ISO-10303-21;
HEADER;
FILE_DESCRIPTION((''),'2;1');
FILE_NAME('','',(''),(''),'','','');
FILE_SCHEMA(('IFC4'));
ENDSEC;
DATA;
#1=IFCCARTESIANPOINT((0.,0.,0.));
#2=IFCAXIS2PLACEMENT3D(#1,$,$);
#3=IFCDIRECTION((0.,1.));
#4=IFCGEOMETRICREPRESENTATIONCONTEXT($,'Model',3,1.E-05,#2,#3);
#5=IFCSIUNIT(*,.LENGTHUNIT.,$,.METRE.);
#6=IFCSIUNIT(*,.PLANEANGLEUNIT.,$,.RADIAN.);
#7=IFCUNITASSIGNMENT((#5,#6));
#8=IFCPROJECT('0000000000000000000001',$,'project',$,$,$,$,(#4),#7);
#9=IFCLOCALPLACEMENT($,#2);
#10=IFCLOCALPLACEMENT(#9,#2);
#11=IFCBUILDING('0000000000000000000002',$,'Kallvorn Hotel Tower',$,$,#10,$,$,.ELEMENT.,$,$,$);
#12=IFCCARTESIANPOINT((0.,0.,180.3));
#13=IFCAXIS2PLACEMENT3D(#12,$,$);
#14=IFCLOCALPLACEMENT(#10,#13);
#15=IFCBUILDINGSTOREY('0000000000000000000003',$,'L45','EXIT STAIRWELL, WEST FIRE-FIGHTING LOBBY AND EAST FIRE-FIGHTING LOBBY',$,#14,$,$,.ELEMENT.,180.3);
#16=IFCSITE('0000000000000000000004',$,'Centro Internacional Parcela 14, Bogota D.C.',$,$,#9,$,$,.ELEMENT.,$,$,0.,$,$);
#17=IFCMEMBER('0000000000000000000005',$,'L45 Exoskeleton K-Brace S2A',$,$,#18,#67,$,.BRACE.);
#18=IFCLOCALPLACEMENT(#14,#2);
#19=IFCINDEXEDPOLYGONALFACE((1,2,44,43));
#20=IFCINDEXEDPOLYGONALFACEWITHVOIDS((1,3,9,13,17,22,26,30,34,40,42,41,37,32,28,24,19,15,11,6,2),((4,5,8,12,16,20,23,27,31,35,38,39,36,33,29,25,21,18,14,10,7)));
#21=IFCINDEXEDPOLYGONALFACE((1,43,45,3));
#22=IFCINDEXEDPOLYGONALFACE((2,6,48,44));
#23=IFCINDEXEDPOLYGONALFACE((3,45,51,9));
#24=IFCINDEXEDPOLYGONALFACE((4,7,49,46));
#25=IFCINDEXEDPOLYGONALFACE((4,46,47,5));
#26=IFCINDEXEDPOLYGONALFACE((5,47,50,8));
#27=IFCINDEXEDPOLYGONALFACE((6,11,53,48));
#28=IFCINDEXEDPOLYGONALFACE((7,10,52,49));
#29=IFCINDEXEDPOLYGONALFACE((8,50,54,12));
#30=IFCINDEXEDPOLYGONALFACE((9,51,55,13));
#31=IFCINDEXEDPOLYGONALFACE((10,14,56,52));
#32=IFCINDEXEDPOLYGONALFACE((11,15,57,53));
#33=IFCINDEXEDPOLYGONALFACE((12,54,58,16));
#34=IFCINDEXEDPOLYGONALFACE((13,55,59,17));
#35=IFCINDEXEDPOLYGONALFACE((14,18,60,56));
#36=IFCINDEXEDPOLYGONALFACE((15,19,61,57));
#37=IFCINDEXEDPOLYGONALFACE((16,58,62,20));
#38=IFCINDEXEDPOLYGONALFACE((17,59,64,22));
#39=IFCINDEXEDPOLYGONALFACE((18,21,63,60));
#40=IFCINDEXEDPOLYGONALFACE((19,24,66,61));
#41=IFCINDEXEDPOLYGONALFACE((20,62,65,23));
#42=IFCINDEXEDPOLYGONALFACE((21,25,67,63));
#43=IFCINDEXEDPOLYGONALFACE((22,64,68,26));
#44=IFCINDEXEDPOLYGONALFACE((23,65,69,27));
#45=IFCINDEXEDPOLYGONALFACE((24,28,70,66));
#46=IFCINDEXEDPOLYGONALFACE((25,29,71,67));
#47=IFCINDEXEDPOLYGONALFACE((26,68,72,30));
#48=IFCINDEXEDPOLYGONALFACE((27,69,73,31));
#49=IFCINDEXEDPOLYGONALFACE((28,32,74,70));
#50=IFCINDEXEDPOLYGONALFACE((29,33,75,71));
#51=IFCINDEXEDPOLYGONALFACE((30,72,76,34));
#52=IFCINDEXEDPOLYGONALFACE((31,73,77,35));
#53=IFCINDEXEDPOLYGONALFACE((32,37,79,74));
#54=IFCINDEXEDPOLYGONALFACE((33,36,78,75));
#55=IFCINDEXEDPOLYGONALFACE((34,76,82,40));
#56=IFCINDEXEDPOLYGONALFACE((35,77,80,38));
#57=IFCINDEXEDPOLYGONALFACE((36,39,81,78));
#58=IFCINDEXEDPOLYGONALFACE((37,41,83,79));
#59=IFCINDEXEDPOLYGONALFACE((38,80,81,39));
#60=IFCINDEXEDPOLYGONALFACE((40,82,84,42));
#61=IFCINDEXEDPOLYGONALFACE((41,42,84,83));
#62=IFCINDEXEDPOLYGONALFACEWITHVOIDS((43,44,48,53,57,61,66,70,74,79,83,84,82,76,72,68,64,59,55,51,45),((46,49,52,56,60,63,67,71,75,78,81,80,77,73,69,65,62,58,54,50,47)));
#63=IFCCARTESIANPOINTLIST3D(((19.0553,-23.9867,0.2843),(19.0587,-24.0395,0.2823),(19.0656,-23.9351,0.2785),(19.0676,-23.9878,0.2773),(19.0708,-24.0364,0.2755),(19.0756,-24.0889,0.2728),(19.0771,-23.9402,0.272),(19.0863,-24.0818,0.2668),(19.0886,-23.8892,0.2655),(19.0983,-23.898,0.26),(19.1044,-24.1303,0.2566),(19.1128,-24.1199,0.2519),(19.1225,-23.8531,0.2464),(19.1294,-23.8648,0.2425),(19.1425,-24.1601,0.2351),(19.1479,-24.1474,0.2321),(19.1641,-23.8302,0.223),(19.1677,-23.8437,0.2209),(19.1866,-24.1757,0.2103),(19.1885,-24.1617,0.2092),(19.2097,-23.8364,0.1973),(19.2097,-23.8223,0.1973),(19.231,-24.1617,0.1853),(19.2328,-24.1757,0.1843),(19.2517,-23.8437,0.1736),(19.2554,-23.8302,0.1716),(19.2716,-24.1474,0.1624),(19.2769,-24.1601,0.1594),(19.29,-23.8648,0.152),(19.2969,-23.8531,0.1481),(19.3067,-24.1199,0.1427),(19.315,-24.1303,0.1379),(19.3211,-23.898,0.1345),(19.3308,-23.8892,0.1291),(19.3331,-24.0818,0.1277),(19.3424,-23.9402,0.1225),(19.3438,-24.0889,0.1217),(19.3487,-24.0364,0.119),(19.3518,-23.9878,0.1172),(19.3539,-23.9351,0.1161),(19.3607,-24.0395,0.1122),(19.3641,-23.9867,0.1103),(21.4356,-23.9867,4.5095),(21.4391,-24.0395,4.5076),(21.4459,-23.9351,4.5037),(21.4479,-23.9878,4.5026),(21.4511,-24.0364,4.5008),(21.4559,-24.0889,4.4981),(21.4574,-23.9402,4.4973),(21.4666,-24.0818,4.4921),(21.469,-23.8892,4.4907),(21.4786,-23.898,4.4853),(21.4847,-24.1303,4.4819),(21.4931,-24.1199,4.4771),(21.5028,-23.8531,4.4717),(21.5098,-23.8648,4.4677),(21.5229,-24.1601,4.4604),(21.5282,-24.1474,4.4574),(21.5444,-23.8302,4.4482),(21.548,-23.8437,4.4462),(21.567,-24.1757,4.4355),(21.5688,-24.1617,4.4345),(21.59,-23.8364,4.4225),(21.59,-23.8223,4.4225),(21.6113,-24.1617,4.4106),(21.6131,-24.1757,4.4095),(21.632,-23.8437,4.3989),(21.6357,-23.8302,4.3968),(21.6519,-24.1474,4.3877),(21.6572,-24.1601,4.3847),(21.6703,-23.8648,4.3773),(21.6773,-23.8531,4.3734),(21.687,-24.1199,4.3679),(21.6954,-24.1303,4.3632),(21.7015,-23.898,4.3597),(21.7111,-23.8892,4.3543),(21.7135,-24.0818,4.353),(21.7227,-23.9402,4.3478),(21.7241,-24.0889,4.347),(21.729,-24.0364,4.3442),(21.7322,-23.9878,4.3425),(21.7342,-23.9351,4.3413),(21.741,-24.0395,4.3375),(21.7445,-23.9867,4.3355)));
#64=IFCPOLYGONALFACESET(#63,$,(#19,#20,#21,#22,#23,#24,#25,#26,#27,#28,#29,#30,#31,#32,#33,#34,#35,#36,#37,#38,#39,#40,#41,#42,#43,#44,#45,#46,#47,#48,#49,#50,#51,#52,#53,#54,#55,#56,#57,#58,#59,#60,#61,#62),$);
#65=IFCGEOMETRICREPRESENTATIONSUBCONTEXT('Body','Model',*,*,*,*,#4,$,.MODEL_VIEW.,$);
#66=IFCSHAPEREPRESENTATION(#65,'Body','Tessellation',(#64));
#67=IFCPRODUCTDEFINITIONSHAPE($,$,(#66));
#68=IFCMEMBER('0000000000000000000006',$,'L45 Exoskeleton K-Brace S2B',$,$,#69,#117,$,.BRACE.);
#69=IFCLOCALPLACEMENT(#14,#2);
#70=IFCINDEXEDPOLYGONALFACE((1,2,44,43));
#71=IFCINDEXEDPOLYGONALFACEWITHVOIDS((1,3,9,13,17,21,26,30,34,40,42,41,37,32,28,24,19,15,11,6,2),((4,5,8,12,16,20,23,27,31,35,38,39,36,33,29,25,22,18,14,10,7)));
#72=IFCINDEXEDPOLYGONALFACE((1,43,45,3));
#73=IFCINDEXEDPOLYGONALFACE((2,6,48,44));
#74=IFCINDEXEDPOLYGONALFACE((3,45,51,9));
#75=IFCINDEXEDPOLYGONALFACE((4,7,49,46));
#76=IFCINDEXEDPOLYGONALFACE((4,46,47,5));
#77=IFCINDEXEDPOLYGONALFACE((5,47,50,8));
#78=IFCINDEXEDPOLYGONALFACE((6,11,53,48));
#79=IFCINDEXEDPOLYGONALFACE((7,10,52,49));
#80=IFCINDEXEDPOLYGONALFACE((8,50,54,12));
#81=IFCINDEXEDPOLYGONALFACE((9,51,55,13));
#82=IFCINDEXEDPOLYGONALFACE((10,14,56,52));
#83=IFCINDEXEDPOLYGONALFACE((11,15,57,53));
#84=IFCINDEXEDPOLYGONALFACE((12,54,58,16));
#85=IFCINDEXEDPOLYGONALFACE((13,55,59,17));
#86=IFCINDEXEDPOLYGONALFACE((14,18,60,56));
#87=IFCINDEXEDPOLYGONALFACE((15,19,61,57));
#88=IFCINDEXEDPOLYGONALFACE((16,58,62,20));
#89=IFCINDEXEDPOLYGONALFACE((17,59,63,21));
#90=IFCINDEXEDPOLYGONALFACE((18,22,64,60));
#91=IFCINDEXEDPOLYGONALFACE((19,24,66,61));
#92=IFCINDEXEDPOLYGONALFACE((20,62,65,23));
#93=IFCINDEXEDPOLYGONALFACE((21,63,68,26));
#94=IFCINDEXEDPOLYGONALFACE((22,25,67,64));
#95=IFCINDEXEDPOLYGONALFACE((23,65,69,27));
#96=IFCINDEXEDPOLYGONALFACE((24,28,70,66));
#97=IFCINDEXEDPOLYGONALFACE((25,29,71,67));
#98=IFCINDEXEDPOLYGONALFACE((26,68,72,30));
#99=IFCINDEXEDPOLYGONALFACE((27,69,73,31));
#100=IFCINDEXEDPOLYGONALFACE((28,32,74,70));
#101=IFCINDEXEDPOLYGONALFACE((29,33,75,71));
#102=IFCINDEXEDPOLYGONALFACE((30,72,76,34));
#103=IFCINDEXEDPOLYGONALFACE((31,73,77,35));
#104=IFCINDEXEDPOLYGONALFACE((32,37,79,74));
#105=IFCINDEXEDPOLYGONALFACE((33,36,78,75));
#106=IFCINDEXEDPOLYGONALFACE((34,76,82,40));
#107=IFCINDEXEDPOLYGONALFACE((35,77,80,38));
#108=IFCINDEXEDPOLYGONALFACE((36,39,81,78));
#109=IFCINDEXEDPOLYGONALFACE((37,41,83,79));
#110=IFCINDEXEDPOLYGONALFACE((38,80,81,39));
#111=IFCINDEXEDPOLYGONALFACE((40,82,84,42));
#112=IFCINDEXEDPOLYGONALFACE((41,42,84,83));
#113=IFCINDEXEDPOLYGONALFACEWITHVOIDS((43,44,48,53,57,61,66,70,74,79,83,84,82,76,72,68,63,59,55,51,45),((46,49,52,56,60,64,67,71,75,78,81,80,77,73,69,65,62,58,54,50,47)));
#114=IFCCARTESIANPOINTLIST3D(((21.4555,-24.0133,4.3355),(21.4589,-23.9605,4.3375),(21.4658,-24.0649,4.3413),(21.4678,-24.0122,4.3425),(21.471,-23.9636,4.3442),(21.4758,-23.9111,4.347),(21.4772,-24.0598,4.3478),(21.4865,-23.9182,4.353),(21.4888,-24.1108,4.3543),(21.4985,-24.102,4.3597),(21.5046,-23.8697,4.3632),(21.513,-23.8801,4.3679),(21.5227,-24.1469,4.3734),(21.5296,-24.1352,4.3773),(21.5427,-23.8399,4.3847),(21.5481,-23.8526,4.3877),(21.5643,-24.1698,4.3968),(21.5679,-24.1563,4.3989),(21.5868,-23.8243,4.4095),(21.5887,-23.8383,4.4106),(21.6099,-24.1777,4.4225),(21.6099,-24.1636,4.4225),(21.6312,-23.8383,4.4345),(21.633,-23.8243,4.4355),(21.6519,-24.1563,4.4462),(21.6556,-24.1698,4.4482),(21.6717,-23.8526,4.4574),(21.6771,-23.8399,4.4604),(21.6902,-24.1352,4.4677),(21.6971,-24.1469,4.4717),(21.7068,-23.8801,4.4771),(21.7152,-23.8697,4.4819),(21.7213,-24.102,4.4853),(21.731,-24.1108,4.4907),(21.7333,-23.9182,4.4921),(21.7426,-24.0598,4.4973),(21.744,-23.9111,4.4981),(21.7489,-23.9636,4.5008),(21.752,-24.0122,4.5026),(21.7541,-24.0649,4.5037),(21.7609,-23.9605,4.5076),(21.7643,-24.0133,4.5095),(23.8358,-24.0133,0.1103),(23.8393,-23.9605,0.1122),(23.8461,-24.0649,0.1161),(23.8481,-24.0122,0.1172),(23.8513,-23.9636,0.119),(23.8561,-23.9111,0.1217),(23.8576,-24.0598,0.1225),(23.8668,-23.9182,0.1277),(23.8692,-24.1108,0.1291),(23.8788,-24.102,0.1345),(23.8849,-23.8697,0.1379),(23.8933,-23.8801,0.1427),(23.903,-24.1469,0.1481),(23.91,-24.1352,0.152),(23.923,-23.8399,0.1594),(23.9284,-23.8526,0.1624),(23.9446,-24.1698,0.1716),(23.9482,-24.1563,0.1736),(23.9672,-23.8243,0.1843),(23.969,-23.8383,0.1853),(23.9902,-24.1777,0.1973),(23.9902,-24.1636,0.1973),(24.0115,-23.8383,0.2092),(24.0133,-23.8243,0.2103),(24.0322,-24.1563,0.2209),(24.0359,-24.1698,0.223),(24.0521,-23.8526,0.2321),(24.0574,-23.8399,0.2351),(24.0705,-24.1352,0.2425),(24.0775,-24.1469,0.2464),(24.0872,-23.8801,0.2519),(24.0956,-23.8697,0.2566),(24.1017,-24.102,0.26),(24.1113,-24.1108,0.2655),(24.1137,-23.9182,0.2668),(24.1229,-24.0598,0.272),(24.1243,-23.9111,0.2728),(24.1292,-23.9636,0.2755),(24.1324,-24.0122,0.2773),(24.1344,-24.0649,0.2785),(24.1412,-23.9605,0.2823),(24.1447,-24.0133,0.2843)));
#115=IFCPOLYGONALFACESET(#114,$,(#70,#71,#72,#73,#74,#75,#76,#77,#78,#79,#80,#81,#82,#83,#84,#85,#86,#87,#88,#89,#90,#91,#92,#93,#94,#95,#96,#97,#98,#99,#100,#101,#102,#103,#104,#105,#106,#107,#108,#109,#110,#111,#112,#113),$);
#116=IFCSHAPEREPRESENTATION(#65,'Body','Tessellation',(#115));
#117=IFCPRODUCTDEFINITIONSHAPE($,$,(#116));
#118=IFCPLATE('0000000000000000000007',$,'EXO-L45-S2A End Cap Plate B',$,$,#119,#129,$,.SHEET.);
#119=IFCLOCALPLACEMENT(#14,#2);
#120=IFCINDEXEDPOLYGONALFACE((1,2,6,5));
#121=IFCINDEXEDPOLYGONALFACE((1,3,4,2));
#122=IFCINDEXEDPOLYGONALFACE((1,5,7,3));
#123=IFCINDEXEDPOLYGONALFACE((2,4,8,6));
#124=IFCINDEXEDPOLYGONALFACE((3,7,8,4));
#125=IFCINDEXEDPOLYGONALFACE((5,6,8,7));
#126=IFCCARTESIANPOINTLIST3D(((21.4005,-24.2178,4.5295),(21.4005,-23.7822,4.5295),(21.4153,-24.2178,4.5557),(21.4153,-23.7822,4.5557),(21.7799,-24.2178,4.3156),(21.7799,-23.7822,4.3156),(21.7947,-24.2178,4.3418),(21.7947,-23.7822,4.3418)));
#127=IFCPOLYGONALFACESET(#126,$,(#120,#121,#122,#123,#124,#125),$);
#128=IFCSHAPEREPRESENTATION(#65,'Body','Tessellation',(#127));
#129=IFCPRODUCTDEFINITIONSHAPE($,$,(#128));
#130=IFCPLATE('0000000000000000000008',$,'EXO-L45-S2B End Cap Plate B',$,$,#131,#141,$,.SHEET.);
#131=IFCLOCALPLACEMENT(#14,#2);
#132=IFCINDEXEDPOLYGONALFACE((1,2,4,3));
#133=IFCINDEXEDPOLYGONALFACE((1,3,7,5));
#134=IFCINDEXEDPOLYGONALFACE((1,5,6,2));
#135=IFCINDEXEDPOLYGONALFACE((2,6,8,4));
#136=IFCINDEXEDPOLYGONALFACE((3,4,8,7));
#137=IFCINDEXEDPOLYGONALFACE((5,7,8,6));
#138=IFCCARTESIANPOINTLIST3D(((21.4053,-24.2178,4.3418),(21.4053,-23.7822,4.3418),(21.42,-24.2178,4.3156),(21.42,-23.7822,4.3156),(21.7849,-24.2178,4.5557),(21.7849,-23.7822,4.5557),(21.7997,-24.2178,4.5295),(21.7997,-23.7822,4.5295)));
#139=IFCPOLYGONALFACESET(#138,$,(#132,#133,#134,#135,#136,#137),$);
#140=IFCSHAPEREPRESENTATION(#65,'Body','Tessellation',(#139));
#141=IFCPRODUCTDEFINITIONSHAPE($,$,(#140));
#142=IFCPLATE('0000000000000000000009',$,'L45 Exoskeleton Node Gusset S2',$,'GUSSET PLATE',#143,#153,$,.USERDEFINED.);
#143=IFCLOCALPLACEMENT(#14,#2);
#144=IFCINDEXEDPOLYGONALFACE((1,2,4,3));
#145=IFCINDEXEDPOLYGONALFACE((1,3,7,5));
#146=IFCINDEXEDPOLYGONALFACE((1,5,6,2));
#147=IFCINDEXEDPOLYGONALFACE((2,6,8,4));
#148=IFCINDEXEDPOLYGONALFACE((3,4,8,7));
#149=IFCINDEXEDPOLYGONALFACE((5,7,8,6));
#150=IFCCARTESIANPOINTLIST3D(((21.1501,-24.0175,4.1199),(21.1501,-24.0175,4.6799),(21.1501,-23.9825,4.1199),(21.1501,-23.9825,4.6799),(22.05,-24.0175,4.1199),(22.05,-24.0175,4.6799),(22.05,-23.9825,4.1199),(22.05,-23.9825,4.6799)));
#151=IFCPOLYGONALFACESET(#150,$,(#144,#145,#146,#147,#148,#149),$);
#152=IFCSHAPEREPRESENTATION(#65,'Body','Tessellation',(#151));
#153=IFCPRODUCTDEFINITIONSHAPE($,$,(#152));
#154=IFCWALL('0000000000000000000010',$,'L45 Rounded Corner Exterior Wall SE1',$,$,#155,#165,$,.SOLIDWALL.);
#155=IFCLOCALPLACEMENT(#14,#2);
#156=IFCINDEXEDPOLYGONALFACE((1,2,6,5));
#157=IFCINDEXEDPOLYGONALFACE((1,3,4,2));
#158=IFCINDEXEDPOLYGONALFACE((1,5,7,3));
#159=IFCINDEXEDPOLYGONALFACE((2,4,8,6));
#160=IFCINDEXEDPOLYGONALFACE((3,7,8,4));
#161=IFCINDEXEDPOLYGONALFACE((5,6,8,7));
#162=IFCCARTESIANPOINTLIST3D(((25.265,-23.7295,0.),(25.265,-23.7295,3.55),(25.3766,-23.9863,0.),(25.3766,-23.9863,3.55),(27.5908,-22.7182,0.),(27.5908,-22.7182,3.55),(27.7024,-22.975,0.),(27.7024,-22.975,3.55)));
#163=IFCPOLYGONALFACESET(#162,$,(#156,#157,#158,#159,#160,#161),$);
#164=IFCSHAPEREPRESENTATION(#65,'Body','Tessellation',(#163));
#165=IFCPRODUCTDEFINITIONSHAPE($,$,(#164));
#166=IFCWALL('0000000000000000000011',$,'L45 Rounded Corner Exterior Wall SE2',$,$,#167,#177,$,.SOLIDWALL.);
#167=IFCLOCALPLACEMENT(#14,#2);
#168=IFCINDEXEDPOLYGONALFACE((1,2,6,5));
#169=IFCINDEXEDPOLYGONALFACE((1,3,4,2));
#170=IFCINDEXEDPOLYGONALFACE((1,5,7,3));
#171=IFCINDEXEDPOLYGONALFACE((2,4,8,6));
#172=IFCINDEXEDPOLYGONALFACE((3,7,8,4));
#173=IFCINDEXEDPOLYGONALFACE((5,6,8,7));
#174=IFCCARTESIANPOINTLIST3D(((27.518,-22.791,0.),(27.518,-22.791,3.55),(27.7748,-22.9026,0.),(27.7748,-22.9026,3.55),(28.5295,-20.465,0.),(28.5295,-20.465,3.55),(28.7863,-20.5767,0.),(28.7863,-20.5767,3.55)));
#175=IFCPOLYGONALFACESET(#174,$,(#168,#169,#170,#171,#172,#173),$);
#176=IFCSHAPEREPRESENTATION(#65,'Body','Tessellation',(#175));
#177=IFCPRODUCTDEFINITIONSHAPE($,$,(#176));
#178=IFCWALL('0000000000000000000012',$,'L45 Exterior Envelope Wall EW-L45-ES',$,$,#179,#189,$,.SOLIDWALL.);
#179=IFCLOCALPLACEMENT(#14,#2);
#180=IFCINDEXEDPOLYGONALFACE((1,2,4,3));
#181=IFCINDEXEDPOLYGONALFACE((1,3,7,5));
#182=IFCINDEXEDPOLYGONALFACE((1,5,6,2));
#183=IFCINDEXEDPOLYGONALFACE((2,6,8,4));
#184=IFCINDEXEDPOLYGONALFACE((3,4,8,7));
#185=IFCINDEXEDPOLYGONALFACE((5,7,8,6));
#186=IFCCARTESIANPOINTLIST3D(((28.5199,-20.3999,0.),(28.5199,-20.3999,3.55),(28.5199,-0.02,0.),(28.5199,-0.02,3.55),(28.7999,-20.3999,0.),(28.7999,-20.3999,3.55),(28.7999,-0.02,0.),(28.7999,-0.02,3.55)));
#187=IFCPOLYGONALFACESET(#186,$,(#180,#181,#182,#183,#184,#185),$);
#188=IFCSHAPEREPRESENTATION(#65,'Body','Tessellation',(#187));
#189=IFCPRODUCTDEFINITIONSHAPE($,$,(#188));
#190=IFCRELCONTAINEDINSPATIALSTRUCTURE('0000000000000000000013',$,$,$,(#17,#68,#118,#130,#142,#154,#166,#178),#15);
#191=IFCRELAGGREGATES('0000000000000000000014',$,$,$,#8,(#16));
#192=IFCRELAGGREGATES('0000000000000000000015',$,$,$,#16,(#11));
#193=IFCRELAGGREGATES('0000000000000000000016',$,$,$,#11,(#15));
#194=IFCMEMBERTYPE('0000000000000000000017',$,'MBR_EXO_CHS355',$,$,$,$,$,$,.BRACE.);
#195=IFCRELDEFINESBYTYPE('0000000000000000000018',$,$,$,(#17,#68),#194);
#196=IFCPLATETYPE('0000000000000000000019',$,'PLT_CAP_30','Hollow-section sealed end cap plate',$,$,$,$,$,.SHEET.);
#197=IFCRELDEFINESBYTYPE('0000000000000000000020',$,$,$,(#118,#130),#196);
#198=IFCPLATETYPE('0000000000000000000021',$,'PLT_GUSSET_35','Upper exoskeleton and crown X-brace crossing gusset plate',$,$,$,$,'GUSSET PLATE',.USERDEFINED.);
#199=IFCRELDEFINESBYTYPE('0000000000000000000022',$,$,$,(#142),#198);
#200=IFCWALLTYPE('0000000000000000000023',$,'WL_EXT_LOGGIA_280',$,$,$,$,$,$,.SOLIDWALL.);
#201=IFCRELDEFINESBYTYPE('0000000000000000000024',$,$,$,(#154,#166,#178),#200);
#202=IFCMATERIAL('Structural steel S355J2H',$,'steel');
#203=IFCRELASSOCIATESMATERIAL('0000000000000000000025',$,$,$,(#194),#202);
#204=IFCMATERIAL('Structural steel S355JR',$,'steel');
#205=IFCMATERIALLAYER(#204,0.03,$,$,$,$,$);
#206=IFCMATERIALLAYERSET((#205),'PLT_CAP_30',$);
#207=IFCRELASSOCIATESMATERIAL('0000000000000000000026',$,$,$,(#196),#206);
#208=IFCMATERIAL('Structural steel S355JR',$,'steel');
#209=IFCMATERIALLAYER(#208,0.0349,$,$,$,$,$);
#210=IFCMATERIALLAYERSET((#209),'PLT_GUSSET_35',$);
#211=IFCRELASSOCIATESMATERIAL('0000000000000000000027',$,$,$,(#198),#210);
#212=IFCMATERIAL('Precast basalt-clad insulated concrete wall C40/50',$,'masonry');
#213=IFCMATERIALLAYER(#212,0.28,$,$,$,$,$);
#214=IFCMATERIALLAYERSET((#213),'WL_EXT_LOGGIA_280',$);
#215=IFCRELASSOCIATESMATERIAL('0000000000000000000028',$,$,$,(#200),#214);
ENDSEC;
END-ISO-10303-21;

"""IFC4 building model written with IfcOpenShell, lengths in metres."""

from ifc_helpers import new_model, si_unit, direction, frame, frame_2d, origin, origin_2d, place, context, subcontext, project, spatial, polyline, rectangle, hollow_circle, outline, extrude, material, layer, layer_set, material_profile, profile_set, type_object, element, save


model = new_model("IFC4")

# Units and contexts
model_context = context("Model", 3, precision=1e-05, world=origin(), true_north=direction((0.0, 1.0)))
body_context = subcontext(model_context, "Body", "Model", "MODEL_VIEW")
ifc_project = project(units=[si_unit("LENGTHUNIT", "METRE"), si_unit("PLANEANGLEUNIT", "RADIAN")], contexts=[model_context])

# Site, building, storey
site_placement = place(None, origin())
site = spatial("IfcSite", under=ifc_project, at=site_placement, Name="Centro Internacional Parcela 14, Bogota D.C.", CompositionType="ELEMENT", RefElevation=0.0)
building_placement = place(site_placement, origin())
building = spatial("IfcBuilding", under=site, at=building_placement, Name="Kallvorn Hotel Tower", CompositionType="ELEMENT")
storey_placement = place(building_placement, frame((0.0, 0.0, 180.3)))
storey = spatial("IfcBuildingStorey", under=building, at=storey_placement, Name="L45", Description="EXIT STAIRWELL, WEST FIRE-FIGHTING LOBBY AND EAST FIRE-FIGHTING LOBBY", CompositionType="ELEMENT", Elevation=180.3)

# Members
ifc_material_1 = material(Name="Structural steel S355J2H", Category="steel")
ifc_material_profile_1 = material_profile(ifc_material_1, hollow_circle(Radius=0.1777, WallThickness=0.0142, at=origin_2d()), Name="CHS 355.6x14.2")
ifc_profile_set_1 = profile_set([ifc_material_profile_1], Name="Structural steel S355J2H")
member_type = type_object("IfcMemberType", Name="MBR_EXO_CHS355", PredefinedType="BRACE", material=ifc_profile_set_1)
for number, where, z_axis, x_axis, name in (
    (1, (19.2097, -24.0, 0.1973), (0.490828, 0.0, 0.871257), (0.0, 1.0, 0.0), "L45 Exoskeleton K-Brace S2A"),
    (2, (23.9902, -24.0, 0.1973), (-0.490828, 0.0, 0.871257), (0.0, -1.0, 0.0), "L45 Exoskeleton K-Brace S2B"),
):
    element("IfcMember", number, at=place(storey_placement, frame(where, z_axis=z_axis, x_axis=x_axis)), inside=storey, type_object=member_type, Name=name, PredefinedType="BRACE", context=body_context, shape_type="SweptSolid", body=[
        extrude(hollow_circle(Radius=0.1777, WallThickness=0.0142, at=origin_2d()), origin(), (0.0, 0.0, 1.0), 4.8496),
    ])

# Plates
ifc_material_2 = material(Name="Structural steel S355JR", Category="steel")
ifc_layer_1 = layer(ifc_material_2, 0.03)
ifc_layer_set_1 = layer_set([ifc_layer_1], Name="PLT_CAP_30")
plate_type_1 = type_object("IfcPlateType", Name="PLT_CAP_30", Description="Hollow-section sealed end cap plate", PredefinedType="SHEET", material=ifc_layer_set_1)
plate_1_placement = place(storey_placement, frame((21.7947, -24.2178, 4.3418), z_axis=(0.491059, 0.0, 0.871126), x_axis=(0.0, 1.0, 0.0)))
element("IfcPlate", 3, at=plate_1_placement, inside=storey, type_object=plate_type_1, Name="EXO-L45-S2A End Cap Plate B", PredefinedType="SHEET", context=body_context, shape_type="SweptSolid", body=[
    extrude(outline(polyline([(0.0, 0.0), (0.4355, 0.0), (0.4355, 0.4355), (0.0, 0.4355), (0.0, 0.0)])), origin(), (0.0, 0.0, -1.0), 0.03),
])
plate_2_placement = place(storey_placement, frame((21.4053, -23.7822, 4.3418), z_axis=(-0.49082, 0.0, 0.871261), x_axis=(0.0, -1.0, 0.0)))
element("IfcPlate", 4, at=plate_2_placement, inside=storey, type_object=plate_type_1, Name="EXO-L45-S2B End Cap Plate B", PredefinedType="SHEET", context=body_context, shape_type="SweptSolid", body=[
    extrude(outline(polyline([(0.0, 0.0), (0.4355, 0.0), (0.4355, 0.4357), (0.0, 0.4357), (0.0, 0.0)])), origin(), (0.0, 0.0, -1.0), 0.03),
])
ifc_material_3 = material(Name="Structural steel S355JR", Category="steel")
ifc_layer_2 = layer(ifc_material_3, 0.0349)
ifc_layer_set_2 = layer_set([ifc_layer_2], Name="PLT_GUSSET_35")
plate_type_2 = type_object("IfcPlateType", Name="PLT_GUSSET_35", Description="Upper exoskeleton and crown X-brace crossing gusset plate", ElementType="GUSSET PLATE", PredefinedType="USERDEFINED", material=ifc_layer_set_2)
plate_3_placement = place(storey_placement, frame((21.6001, -24.0, 4.1199), z_axis=(0.0, 0.0, 1.0), x_axis=(1.0, 0.0, 0.0)))
element("IfcPlate", 5, at=plate_3_placement, inside=storey, type_object=plate_type_2, Name="L45 Exoskeleton Node Gusset S2", ObjectType="GUSSET PLATE", PredefinedType="USERDEFINED", context=body_context, shape_type="SweptSolid", body=[
    extrude(rectangle(XDim=0.8999, YDim=0.0349, at=origin_2d()), origin(), (0.0, 0.0, 1.0), 0.5601),
])

# Walls
ifc_material_4 = material(Name="Precast basalt-clad insulated concrete wall C40/50", Category="masonry")
ifc_layer_3 = layer(ifc_material_4, 0.28)
ifc_layer_set_3 = layer_set([ifc_layer_3], Name="WL_EXT_LOGGIA_280")
wall_type_1 = type_object("IfcWallType", Name="WL_EXT_LOGGIA_280", PredefinedType="SOLIDWALL", material=ifc_layer_set_3)
wall_1_placement = place(storey_placement, frame((25.3208, -23.8579, 0.0), z_axis=(0.0, 0.0, 1.0), x_axis=(0.917061, 0.398747, 0.0)))
element("IfcWall", 6, at=wall_1_placement, inside=storey, type_object=wall_type_1, Name="L45 Rounded Corner Exterior Wall SE1", PredefinedType="SOLIDWALL", context=body_context, shape_type="SweptSolid", body=[
    extrude(rectangle(XDim=2.5361, YDim=0.28, at=frame_2d((1.2681, 0.0))), origin(), (0.0, 0.0, 1.0), 3.55),
])
wall_2_placement = place(storey_placement, frame((27.6465, -22.8467, 0.0), z_axis=(0.0, 0.0, 1.0), x_axis=(0.398793, 0.917041, 0.0)))
element("IfcWall", 7, at=wall_2_placement, inside=storey, type_object=wall_type_1, Name="L45 Rounded Corner Exterior Wall SE2", PredefinedType="SOLIDWALL", context=body_context, shape_type="SweptSolid", body=[
    extrude(rectangle(XDim=2.5364, YDim=0.28, at=frame_2d((1.2681, 0.0))), origin(), (0.0, 0.0, 1.0), 3.55),
])
wall_3_placement = place(storey_placement, frame((28.6599, -20.3999, 0.0), z_axis=(0.0, 0.0, 1.0), x_axis=(0.0, 1.0, 0.0)))
element("IfcWall", 8, at=wall_3_placement, inside=storey, type_object=wall_type_1, Name="L45 Exterior Envelope Wall EW-L45-ES", PredefinedType="SOLIDWALL", context=body_context, shape_type="SweptSolid", body=[
    extrude(rectangle(XDim=20.3799, YDim=0.28, at=frame_2d((10.1899, 0.0))), origin(), (0.0, 0.0, 1.0), 3.55),
])

save(model, "model.ifc")
